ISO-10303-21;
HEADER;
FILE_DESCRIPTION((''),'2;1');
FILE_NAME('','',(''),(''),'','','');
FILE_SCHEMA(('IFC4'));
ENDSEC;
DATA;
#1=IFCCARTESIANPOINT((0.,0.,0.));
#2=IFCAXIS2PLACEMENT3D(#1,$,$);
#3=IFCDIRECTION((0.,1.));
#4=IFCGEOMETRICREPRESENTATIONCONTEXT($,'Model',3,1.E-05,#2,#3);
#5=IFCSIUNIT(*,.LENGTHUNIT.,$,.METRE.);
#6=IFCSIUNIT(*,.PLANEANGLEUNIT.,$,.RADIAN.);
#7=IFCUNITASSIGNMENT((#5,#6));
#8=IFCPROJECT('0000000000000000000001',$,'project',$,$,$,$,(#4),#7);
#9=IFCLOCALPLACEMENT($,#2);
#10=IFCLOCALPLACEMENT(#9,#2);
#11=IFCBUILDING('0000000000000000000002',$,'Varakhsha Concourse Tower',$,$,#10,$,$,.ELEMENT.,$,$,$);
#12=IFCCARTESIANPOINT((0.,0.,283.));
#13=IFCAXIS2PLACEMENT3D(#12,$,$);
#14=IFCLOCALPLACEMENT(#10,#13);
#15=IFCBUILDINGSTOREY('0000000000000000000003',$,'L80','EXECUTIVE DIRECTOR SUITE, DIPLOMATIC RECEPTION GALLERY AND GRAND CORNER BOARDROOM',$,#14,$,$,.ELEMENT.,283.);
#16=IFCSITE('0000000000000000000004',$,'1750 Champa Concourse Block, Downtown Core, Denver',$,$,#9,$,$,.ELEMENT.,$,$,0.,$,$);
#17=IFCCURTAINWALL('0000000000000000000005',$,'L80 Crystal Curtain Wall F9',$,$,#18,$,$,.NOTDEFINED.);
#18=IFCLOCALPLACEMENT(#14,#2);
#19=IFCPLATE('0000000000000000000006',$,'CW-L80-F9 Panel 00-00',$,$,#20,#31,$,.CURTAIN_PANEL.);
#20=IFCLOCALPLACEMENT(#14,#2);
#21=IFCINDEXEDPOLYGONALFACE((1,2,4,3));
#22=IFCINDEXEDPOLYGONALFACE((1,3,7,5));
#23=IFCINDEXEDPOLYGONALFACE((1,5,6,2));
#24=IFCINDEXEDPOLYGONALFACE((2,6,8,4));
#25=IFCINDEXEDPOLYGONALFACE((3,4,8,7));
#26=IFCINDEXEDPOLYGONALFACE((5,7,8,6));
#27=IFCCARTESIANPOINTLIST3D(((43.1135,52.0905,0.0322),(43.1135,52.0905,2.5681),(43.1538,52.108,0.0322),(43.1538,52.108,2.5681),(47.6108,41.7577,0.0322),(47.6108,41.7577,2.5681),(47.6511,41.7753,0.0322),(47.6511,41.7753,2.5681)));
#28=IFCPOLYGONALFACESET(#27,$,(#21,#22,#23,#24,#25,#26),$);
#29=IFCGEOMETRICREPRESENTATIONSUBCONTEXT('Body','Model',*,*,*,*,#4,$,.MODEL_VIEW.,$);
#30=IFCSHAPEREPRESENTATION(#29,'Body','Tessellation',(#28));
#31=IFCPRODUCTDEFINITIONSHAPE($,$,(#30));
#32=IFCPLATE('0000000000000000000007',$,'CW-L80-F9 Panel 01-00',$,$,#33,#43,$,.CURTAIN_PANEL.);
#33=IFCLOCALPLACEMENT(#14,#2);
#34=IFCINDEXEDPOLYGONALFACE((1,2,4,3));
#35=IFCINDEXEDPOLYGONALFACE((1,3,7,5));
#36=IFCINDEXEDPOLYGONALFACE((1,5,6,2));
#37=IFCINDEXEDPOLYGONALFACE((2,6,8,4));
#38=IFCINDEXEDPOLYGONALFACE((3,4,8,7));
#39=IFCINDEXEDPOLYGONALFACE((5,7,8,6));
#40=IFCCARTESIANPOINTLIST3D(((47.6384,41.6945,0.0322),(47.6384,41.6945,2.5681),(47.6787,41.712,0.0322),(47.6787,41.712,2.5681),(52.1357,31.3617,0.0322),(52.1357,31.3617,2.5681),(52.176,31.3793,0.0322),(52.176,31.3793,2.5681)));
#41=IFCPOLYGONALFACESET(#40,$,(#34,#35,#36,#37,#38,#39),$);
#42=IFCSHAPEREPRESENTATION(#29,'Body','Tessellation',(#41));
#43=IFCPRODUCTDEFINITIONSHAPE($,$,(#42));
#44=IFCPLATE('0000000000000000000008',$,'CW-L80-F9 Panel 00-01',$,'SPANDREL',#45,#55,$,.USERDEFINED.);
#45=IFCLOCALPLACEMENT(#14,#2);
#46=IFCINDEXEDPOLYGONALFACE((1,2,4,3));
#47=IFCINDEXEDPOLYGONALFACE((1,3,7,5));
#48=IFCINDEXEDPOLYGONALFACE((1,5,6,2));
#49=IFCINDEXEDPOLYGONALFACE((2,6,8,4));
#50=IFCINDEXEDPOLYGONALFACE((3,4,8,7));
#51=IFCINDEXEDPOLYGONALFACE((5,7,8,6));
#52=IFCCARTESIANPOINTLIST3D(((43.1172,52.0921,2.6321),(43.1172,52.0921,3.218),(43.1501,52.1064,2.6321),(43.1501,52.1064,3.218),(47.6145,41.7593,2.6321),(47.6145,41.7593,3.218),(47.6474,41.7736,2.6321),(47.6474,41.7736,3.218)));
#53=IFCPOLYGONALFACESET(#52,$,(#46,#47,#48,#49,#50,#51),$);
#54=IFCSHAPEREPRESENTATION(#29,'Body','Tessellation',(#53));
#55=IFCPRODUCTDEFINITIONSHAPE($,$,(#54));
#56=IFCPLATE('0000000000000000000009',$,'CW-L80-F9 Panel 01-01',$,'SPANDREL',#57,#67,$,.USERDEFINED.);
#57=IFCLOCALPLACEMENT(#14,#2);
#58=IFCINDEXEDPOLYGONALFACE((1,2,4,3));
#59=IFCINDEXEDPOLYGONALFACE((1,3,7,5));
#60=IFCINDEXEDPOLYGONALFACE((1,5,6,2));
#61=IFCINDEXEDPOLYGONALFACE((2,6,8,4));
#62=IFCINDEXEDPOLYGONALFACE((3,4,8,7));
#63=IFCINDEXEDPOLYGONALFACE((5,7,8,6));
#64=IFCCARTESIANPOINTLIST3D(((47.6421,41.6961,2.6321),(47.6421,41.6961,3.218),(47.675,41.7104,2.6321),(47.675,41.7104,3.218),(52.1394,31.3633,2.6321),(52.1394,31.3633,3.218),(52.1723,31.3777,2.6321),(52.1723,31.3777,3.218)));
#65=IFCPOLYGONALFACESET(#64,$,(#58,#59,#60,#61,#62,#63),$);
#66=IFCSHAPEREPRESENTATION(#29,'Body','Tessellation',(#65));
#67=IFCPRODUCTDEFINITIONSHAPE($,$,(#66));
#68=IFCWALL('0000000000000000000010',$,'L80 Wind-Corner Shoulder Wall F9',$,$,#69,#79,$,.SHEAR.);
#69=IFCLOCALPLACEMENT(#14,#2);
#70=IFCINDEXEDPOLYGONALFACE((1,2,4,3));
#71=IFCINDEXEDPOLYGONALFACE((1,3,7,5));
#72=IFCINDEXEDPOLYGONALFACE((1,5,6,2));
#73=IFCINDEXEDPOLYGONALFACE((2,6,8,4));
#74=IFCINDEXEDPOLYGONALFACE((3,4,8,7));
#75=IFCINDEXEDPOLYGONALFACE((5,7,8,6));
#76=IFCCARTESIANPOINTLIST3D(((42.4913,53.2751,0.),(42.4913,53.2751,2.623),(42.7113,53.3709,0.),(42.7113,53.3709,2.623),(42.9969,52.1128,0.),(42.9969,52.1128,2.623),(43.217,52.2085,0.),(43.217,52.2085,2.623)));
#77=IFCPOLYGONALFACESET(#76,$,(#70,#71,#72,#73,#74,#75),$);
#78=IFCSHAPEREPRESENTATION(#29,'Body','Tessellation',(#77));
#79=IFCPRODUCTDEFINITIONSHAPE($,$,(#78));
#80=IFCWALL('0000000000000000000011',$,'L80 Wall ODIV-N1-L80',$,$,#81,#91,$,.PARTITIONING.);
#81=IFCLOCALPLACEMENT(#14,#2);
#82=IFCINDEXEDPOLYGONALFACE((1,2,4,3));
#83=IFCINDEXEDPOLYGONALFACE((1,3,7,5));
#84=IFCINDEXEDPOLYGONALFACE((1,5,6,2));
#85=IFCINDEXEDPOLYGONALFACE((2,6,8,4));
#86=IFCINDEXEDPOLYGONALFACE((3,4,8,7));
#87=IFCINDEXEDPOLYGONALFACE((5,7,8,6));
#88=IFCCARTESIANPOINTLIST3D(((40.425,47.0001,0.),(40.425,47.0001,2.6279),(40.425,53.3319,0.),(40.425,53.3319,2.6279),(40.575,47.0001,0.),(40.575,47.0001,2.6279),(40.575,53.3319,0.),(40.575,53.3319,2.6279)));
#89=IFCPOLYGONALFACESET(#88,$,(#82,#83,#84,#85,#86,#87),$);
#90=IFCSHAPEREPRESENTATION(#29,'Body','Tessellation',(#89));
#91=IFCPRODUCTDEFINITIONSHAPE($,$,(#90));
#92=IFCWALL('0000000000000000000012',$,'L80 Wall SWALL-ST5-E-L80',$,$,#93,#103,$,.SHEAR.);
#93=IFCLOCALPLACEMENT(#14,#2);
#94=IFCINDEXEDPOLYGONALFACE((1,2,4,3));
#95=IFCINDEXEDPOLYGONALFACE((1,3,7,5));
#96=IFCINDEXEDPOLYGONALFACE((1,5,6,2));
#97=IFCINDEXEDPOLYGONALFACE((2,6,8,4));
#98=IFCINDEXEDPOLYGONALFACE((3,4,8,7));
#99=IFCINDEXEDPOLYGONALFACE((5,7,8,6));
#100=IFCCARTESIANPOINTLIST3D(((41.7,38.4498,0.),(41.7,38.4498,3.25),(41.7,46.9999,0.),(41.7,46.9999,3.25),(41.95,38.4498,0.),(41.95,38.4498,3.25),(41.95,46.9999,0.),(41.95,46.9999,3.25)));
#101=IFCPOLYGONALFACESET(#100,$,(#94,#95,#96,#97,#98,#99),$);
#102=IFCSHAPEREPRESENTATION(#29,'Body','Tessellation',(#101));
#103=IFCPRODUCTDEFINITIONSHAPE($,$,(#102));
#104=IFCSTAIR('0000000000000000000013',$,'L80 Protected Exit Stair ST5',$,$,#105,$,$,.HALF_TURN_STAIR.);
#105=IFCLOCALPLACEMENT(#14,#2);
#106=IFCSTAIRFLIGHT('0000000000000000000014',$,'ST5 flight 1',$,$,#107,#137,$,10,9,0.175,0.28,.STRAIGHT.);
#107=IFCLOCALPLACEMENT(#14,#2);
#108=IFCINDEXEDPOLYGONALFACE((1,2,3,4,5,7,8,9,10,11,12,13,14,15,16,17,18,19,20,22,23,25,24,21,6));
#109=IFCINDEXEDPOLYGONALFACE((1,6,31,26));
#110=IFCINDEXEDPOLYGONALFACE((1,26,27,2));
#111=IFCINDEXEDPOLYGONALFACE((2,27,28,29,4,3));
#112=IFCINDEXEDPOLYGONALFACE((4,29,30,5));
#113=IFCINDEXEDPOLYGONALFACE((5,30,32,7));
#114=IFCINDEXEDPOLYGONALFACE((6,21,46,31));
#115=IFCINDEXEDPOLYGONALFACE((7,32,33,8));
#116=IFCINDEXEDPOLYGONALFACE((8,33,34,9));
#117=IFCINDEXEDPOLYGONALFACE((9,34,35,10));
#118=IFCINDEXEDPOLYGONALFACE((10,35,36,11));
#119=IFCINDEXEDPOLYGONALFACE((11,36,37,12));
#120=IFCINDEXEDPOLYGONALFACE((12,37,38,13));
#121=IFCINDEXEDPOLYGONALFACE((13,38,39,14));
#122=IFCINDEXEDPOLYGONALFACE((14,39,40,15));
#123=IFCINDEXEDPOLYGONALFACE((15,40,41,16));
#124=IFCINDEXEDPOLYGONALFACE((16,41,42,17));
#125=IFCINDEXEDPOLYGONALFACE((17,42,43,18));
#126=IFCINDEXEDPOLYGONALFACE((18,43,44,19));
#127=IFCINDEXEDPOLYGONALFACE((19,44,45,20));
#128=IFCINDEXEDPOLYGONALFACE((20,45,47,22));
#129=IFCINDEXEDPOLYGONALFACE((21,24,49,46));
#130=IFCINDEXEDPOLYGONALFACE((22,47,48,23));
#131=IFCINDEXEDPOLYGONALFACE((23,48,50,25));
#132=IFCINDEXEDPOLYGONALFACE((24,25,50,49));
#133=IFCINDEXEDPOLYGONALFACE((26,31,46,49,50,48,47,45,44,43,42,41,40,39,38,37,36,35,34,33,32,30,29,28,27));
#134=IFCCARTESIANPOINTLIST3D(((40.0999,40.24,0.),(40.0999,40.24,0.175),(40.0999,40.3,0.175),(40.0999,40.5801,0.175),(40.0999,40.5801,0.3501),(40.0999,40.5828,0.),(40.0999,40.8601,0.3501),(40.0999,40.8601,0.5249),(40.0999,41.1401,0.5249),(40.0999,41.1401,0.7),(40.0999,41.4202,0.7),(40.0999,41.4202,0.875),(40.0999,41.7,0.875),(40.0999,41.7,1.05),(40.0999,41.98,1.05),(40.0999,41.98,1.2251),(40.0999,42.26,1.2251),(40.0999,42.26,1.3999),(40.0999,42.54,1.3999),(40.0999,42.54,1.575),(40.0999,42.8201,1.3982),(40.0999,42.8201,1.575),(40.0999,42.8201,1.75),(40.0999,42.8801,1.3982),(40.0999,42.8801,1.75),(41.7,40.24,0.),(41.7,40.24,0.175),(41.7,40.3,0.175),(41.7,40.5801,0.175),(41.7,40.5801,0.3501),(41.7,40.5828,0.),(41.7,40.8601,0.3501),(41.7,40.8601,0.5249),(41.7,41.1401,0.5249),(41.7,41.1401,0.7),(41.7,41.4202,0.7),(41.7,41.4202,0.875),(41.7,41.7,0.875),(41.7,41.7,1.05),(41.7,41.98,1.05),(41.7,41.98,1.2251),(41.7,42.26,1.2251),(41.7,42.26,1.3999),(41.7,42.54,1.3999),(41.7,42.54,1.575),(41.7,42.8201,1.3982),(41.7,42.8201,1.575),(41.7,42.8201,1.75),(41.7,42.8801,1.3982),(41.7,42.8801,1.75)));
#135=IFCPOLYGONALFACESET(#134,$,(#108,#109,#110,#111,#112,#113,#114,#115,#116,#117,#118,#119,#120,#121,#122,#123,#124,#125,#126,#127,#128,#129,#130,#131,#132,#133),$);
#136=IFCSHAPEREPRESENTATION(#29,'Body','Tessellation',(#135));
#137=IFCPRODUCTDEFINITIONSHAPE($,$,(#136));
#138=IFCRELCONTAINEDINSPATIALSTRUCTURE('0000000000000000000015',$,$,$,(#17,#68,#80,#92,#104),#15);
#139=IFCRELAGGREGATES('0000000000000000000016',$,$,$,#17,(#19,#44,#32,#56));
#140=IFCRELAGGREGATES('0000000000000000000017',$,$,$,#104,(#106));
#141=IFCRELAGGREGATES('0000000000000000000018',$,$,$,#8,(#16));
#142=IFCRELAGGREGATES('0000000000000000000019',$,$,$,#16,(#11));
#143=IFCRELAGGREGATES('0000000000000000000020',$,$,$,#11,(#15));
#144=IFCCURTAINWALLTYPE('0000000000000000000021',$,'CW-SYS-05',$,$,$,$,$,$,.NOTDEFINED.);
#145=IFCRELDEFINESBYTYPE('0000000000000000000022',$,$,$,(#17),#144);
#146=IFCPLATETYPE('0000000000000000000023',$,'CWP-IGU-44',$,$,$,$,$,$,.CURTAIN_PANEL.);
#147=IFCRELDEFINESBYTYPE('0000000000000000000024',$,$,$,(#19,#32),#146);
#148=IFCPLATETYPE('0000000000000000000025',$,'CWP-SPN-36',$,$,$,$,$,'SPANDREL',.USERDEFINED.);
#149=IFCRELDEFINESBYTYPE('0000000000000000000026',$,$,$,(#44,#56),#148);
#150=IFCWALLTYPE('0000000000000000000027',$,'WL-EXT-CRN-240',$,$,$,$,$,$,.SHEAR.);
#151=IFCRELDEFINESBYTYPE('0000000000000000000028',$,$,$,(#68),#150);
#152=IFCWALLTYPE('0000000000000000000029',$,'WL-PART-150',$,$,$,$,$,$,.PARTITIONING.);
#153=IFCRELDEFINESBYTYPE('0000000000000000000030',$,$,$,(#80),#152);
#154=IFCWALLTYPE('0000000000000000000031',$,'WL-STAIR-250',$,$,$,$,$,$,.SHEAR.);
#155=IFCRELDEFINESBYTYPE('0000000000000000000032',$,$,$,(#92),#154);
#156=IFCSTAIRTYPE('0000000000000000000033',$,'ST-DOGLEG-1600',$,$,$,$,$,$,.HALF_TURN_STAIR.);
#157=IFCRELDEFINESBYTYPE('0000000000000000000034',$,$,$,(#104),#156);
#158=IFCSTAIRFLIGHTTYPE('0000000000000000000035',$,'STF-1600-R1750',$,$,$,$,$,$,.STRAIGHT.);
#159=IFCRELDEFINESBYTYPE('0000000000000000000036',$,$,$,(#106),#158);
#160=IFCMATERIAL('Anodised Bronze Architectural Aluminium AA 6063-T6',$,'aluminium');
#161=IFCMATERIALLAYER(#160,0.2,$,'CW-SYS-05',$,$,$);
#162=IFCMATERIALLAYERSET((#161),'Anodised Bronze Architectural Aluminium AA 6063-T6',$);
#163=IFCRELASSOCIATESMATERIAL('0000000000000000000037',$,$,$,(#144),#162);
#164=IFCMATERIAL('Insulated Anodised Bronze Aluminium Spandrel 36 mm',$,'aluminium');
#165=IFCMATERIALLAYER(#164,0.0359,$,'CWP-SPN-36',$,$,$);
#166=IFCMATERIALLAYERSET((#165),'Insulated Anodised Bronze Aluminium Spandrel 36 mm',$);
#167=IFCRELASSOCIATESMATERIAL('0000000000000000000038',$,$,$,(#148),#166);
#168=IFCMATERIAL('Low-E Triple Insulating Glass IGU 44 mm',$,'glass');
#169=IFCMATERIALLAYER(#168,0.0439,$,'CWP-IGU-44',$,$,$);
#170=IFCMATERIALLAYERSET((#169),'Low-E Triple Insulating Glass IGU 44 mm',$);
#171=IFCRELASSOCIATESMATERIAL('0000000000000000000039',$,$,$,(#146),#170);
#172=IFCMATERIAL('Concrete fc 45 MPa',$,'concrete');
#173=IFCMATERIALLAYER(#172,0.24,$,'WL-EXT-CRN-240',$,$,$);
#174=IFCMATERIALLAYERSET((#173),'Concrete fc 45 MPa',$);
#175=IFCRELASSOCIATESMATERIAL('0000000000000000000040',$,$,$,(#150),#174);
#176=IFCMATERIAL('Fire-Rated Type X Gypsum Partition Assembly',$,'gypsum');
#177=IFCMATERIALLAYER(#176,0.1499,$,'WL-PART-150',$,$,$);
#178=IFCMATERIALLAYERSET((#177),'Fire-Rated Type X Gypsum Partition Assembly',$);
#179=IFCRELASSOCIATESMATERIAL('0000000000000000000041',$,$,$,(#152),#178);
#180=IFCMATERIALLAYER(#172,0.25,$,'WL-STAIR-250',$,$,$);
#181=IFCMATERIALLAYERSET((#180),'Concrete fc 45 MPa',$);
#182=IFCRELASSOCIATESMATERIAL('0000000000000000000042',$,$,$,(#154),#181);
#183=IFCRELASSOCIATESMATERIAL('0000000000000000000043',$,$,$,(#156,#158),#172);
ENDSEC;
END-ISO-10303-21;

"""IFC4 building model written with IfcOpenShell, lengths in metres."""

from ifc_helpers import new_model, si_unit, direction, frame, frame_2d, origin, origin_2d, place, context, subcontext, project, spatial, polyline, rectangle, outline, extrude, source, transform, mapped, material, layer, layer_set, type_object, type_shapes, element, aggregate, save


model = new_model("IFC4")

# Units and contexts
model_context = context("Model", 3, precision=1e-05, world=origin(), true_north=direction((0.0, 1.0)))
body_context = subcontext(model_context, "Body", "Model", "MODEL_VIEW")
ifc_project = project(units=[si_unit("LENGTHUNIT", "METRE"), si_unit("PLANEANGLEUNIT", "RADIAN")], contexts=[model_context])

# Site, building, storey
site_placement = place(None, origin())
site = spatial("IfcSite", under=ifc_project, at=site_placement, Name="1750 Champa Concourse Block, Downtown Core, Denver", CompositionType="ELEMENT", RefElevation=0.0)
building_placement = place(site_placement, origin())
building = spatial("IfcBuilding", under=site, at=building_placement, Name="Varakhsha Concourse Tower", CompositionType="ELEMENT")
storey_placement = place(building_placement, frame((0.0, 0.0, 283.0)))
storey = spatial("IfcBuildingStorey", under=building, at=storey_placement, Name="L80", Description="EXECUTIVE DIRECTOR SUITE, DIPLOMATIC RECEPTION GALLERY AND GRAND CORNER BOARDROOM", CompositionType="ELEMENT", Elevation=283.0)

# Shared definitions
ifc_material_1 = material(Name="Anodised Bronze Architectural Aluminium AA 6063-T6", Category="aluminium")
ifc_layer_1 = layer(ifc_material_1, 0.2, Name="CW-SYS-05")
ifc_layer_set_1 = layer_set([ifc_layer_1], Name="Anodised Bronze Architectural Aluminium AA 6063-T6")
curtain_wall_type = type_object("IfcCurtainWallType", Name="CW-SYS-05", PredefinedType="NOTDEFINED", material=ifc_layer_set_1)

# Curtain wall
curtain_wall_1_placement = place(storey_placement, origin())
curtain_wall_1 = element("IfcCurtainWall", 1, at=curtain_wall_1_placement, inside=storey, type_object=curtain_wall_type, Name="L80 Crystal Curtain Wall F9", PredefinedType="NOTDEFINED")

# Plates
ifc_material_2 = material(Name="Insulated Anodised Bronze Aluminium Spandrel 36 mm", Category="aluminium")
ifc_layer_2 = layer(ifc_material_2, 0.0359, Name="CWP-SPN-36")
ifc_layer_set_2 = layer_set([ifc_layer_2], Name="Insulated Anodised Bronze Aluminium Spandrel 36 mm")
plate_type_1 = type_object("IfcPlateType", Name="CWP-SPN-36", ElementType="SPANDREL", PredefinedType="USERDEFINED", material=ifc_layer_set_2)
ifc_material_3 = material(Name="Low-E Triple Insulating Glass IGU 44 mm", Category="glass")
ifc_layer_3 = layer(ifc_material_3, 0.0439, Name="CWP-IGU-44")
ifc_layer_set_3 = layer_set([ifc_layer_3], Name="Low-E Triple Insulating Glass IGU 44 mm")
plate_type_2 = type_object("IfcPlateType", Name="CWP-IGU-44", PredefinedType="CURTAIN_PANEL", material=ifc_layer_set_3)
shared_shape_1 = source(origin(), body_context, "Body", "SweptSolid", [
    extrude(rectangle(XDim=11.269, YDim=0.0439, at=origin_2d()), origin(), (0.0, 0.0, 1.0), 2.5359),
])
type_shapes(plate_type_2, [shared_shape_1])
plate_1_placement = place(storey_placement, frame((45.3823, 46.9329, 0.0322), z_axis=(0.0, 0.0, 1.0), x_axis=(0.399084, -0.916915, 0.0)))
plate_1 = element("IfcPlate", 2, at=plate_1_placement, type_object=plate_type_2, Name="CW-L80-F9 Panel 00-00", PredefinedType="CURTAIN_PANEL", context=body_context, shape_type="MappedRepresentation", body=[
    mapped(shared_shape_1, transform((0.0, 0.0, 0.0), scale=1.0)),
])
plate_2_placement = place(storey_placement, frame((49.9072, 36.5369, 0.0322), z_axis=(0.0, 0.0, 1.0), x_axis=(0.399084, -0.916915, 0.0)))
plate_2 = element("IfcPlate", 3, at=plate_2_placement, type_object=plate_type_2, Name="CW-L80-F9 Panel 01-00", PredefinedType="CURTAIN_PANEL", context=body_context, shape_type="MappedRepresentation", body=[
    mapped(shared_shape_1, transform((0.0, 0.0, 0.0), scale=1.0)),
])
shared_shape_2 = source(origin(), body_context, "Body", "SweptSolid", [
    extrude(rectangle(XDim=11.269, YDim=0.0359, at=origin_2d()), origin(), (0.0, 0.0, 1.0), 0.5859),
])
plate_3_placement = place(storey_placement, frame((45.3823, 46.9329, 2.6321), z_axis=(0.0, 0.0, 1.0), x_axis=(0.399084, -0.916915, 0.0)))
plate_3 = element("IfcPlate", 4, at=plate_3_placement, type_object=plate_type_1, Name="CW-L80-F9 Panel 00-01", ObjectType="SPANDREL", PredefinedType="USERDEFINED", context=body_context, shape_type="MappedRepresentation", body=[
    mapped(shared_shape_2, transform((0.0, 0.0, 0.0), scale=1.0)),
])
plate_4_placement = place(storey_placement, frame((49.9072, 36.5369, 2.6321), z_axis=(0.0, 0.0, 1.0), x_axis=(0.399084, -0.916915, 0.0)))
plate_4 = element("IfcPlate", 5, at=plate_4_placement, type_object=plate_type_1, Name="CW-L80-F9 Panel 01-01", ObjectType="SPANDREL", PredefinedType="USERDEFINED", context=body_context, shape_type="MappedRepresentation", body=[
    mapped(shared_shape_2, transform((0.0, 0.0, 0.0), scale=1.0)),
])
aggregate(curtain_wall_1, [plate_1, plate_3, plate_2, plate_4])

# Walls
ifc_material_4 = material(Name="Concrete fc 45 MPa", Category="concrete")
ifc_layer_4 = layer(ifc_material_4, 0.24, Name="WL-EXT-CRN-240")
ifc_layer_set_4 = layer_set([ifc_layer_4], Name="Concrete fc 45 MPa")
wall_type_1 = type_object("IfcWallType", Name="WL-EXT-CRN-240", PredefinedType="SHEAR", material=ifc_layer_set_4)
wall_1_placement = place(storey_placement, frame((43.1069, 52.1606, 0.0), z_axis=(0.0, 0.0, 1.0), x_axis=(-0.398888, 0.917, 0.0)))
element("IfcWall", 6, at=wall_1_placement, inside=storey, type_object=wall_type_1, Name="L80 Wind-Corner Shoulder Wall F9", PredefinedType="SHEAR", context=body_context, shape_type="SweptSolid", body=[
    extrude(rectangle(XDim=1.2676, YDim=0.24, at=frame_2d((0.6338, 0.0))), origin(), (0.0, 0.0, 1.0), 2.623),
])
ifc_material_5 = material(Name="Fire-Rated Type X Gypsum Partition Assembly", Category="gypsum")
ifc_layer_5 = layer(ifc_material_5, 0.1499, Name="WL-PART-150")
ifc_layer_set_5 = layer_set([ifc_layer_5], Name="Fire-Rated Type X Gypsum Partition Assembly")
wall_type_2 = type_object("IfcWallType", Name="WL-PART-150", PredefinedType="PARTITIONING", material=ifc_layer_set_5)
wall_2_placement = place(storey_placement, frame((40.5, 47.0, 0.0), z_axis=(0.0, 0.0, 1.0), x_axis=(0.0, 1.0, 0.0)))
element("IfcWall", 7, at=wall_2_placement, inside=storey, type_object=wall_type_2, Name="L80 Wall ODIV-N1-L80", PredefinedType="PARTITIONING", context=body_context, shape_type="SweptSolid", body=[
    extrude(rectangle(XDim=6.3318, YDim=0.1499, at=frame_2d((3.166, 0.0))), origin(), (0.0, 0.0, 1.0), 2.6279),
])
ifc_layer_6 = layer(ifc_material_4, 0.25, Name="WL-STAIR-250")
ifc_layer_set_6 = layer_set([ifc_layer_6], Name="Concrete fc 45 MPa")
wall_type_3 = type_object("IfcWallType", Name="WL-STAIR-250", PredefinedType="SHEAR", material=ifc_layer_set_6)
wall_3_placement = place(storey_placement, frame((41.825, 38.45, 0.0), z_axis=(0.0, 0.0, 1.0), x_axis=(0.0, 1.0, 0.0)))
element("IfcWall", 8, at=wall_3_placement, inside=storey, type_object=wall_type_3, Name="L80 Wall SWALL-ST5-E-L80", PredefinedType="SHEAR", context=body_context, shape_type="SweptSolid", body=[
    extrude(rectangle(XDim=8.55, YDim=0.25, at=frame_2d((4.2749, 0.0))), origin(), (0.0, 0.0, 1.0), 3.25),
])

# Stair, stair flight
stair_type = type_object("IfcStairType", Name="ST-DOGLEG-1600", PredefinedType="HALF_TURN_STAIR", material=ifc_material_4)
stair_placement = place(storey_placement, origin())
stair = element("IfcStair", 9, at=stair_placement, inside=storey, type_object=stair_type, Name="L80 Protected Exit Stair ST5", PredefinedType="HALF_TURN_STAIR")
stair_flight_type = type_object("IfcStairFlightType", Name="STF-1600-R1750", PredefinedType="STRAIGHT", material=ifc_material_4)
stair_flight_placement = place(storey_placement, frame((40.8999, 40.3, 0.0), z_axis=(0.0, 0.0, 1.0), x_axis=(0.0, 1.0, 0.0)))
stair_flight = element("IfcStairFlight", 10, at=stair_flight_placement, type_object=stair_flight_type, Name="ST5 flight 1", NumberOfRisers=10, NumberOfTreads=9, PredefinedType="STRAIGHT", RiserHeight=0.175, TreadLength=0.28, context=body_context, shape_type="SweptSolid", body=[
    extrude(outline(polyline([(-0.0601, 0.0), (-0.0601, 0.175), (0.0, 0.175), (0.28, 0.175), (0.28, 0.3501), (0.5601, 0.3501), (0.5601, 0.5249), (0.8401, 0.5249), (0.8401, 0.7), (1.1201, 0.7), (1.1201, 0.875), (1.3999, 0.875), (1.3999, 1.05), (1.6799, 1.05), (1.6799, 1.2251), (1.96, 1.2251), (1.96, 1.3999), (2.24, 1.3999), (2.24, 1.575), (2.52, 1.575), (2.52, 1.75), (2.5801, 1.75), (2.5801, 1.3982), (2.52, 1.3982), (0.2827, 0.0), (-0.0601, 0.0)])), frame((0.0, 0.8, 0.0), z_axis=(0.0, -1.0, 0.0), x_axis=(1.0, 0.0, 0.0)), (0.0, 0.0, 1.0), 1.6001),
])
aggregate(stair, [stair_flight])

save(model, "model.ifc")
